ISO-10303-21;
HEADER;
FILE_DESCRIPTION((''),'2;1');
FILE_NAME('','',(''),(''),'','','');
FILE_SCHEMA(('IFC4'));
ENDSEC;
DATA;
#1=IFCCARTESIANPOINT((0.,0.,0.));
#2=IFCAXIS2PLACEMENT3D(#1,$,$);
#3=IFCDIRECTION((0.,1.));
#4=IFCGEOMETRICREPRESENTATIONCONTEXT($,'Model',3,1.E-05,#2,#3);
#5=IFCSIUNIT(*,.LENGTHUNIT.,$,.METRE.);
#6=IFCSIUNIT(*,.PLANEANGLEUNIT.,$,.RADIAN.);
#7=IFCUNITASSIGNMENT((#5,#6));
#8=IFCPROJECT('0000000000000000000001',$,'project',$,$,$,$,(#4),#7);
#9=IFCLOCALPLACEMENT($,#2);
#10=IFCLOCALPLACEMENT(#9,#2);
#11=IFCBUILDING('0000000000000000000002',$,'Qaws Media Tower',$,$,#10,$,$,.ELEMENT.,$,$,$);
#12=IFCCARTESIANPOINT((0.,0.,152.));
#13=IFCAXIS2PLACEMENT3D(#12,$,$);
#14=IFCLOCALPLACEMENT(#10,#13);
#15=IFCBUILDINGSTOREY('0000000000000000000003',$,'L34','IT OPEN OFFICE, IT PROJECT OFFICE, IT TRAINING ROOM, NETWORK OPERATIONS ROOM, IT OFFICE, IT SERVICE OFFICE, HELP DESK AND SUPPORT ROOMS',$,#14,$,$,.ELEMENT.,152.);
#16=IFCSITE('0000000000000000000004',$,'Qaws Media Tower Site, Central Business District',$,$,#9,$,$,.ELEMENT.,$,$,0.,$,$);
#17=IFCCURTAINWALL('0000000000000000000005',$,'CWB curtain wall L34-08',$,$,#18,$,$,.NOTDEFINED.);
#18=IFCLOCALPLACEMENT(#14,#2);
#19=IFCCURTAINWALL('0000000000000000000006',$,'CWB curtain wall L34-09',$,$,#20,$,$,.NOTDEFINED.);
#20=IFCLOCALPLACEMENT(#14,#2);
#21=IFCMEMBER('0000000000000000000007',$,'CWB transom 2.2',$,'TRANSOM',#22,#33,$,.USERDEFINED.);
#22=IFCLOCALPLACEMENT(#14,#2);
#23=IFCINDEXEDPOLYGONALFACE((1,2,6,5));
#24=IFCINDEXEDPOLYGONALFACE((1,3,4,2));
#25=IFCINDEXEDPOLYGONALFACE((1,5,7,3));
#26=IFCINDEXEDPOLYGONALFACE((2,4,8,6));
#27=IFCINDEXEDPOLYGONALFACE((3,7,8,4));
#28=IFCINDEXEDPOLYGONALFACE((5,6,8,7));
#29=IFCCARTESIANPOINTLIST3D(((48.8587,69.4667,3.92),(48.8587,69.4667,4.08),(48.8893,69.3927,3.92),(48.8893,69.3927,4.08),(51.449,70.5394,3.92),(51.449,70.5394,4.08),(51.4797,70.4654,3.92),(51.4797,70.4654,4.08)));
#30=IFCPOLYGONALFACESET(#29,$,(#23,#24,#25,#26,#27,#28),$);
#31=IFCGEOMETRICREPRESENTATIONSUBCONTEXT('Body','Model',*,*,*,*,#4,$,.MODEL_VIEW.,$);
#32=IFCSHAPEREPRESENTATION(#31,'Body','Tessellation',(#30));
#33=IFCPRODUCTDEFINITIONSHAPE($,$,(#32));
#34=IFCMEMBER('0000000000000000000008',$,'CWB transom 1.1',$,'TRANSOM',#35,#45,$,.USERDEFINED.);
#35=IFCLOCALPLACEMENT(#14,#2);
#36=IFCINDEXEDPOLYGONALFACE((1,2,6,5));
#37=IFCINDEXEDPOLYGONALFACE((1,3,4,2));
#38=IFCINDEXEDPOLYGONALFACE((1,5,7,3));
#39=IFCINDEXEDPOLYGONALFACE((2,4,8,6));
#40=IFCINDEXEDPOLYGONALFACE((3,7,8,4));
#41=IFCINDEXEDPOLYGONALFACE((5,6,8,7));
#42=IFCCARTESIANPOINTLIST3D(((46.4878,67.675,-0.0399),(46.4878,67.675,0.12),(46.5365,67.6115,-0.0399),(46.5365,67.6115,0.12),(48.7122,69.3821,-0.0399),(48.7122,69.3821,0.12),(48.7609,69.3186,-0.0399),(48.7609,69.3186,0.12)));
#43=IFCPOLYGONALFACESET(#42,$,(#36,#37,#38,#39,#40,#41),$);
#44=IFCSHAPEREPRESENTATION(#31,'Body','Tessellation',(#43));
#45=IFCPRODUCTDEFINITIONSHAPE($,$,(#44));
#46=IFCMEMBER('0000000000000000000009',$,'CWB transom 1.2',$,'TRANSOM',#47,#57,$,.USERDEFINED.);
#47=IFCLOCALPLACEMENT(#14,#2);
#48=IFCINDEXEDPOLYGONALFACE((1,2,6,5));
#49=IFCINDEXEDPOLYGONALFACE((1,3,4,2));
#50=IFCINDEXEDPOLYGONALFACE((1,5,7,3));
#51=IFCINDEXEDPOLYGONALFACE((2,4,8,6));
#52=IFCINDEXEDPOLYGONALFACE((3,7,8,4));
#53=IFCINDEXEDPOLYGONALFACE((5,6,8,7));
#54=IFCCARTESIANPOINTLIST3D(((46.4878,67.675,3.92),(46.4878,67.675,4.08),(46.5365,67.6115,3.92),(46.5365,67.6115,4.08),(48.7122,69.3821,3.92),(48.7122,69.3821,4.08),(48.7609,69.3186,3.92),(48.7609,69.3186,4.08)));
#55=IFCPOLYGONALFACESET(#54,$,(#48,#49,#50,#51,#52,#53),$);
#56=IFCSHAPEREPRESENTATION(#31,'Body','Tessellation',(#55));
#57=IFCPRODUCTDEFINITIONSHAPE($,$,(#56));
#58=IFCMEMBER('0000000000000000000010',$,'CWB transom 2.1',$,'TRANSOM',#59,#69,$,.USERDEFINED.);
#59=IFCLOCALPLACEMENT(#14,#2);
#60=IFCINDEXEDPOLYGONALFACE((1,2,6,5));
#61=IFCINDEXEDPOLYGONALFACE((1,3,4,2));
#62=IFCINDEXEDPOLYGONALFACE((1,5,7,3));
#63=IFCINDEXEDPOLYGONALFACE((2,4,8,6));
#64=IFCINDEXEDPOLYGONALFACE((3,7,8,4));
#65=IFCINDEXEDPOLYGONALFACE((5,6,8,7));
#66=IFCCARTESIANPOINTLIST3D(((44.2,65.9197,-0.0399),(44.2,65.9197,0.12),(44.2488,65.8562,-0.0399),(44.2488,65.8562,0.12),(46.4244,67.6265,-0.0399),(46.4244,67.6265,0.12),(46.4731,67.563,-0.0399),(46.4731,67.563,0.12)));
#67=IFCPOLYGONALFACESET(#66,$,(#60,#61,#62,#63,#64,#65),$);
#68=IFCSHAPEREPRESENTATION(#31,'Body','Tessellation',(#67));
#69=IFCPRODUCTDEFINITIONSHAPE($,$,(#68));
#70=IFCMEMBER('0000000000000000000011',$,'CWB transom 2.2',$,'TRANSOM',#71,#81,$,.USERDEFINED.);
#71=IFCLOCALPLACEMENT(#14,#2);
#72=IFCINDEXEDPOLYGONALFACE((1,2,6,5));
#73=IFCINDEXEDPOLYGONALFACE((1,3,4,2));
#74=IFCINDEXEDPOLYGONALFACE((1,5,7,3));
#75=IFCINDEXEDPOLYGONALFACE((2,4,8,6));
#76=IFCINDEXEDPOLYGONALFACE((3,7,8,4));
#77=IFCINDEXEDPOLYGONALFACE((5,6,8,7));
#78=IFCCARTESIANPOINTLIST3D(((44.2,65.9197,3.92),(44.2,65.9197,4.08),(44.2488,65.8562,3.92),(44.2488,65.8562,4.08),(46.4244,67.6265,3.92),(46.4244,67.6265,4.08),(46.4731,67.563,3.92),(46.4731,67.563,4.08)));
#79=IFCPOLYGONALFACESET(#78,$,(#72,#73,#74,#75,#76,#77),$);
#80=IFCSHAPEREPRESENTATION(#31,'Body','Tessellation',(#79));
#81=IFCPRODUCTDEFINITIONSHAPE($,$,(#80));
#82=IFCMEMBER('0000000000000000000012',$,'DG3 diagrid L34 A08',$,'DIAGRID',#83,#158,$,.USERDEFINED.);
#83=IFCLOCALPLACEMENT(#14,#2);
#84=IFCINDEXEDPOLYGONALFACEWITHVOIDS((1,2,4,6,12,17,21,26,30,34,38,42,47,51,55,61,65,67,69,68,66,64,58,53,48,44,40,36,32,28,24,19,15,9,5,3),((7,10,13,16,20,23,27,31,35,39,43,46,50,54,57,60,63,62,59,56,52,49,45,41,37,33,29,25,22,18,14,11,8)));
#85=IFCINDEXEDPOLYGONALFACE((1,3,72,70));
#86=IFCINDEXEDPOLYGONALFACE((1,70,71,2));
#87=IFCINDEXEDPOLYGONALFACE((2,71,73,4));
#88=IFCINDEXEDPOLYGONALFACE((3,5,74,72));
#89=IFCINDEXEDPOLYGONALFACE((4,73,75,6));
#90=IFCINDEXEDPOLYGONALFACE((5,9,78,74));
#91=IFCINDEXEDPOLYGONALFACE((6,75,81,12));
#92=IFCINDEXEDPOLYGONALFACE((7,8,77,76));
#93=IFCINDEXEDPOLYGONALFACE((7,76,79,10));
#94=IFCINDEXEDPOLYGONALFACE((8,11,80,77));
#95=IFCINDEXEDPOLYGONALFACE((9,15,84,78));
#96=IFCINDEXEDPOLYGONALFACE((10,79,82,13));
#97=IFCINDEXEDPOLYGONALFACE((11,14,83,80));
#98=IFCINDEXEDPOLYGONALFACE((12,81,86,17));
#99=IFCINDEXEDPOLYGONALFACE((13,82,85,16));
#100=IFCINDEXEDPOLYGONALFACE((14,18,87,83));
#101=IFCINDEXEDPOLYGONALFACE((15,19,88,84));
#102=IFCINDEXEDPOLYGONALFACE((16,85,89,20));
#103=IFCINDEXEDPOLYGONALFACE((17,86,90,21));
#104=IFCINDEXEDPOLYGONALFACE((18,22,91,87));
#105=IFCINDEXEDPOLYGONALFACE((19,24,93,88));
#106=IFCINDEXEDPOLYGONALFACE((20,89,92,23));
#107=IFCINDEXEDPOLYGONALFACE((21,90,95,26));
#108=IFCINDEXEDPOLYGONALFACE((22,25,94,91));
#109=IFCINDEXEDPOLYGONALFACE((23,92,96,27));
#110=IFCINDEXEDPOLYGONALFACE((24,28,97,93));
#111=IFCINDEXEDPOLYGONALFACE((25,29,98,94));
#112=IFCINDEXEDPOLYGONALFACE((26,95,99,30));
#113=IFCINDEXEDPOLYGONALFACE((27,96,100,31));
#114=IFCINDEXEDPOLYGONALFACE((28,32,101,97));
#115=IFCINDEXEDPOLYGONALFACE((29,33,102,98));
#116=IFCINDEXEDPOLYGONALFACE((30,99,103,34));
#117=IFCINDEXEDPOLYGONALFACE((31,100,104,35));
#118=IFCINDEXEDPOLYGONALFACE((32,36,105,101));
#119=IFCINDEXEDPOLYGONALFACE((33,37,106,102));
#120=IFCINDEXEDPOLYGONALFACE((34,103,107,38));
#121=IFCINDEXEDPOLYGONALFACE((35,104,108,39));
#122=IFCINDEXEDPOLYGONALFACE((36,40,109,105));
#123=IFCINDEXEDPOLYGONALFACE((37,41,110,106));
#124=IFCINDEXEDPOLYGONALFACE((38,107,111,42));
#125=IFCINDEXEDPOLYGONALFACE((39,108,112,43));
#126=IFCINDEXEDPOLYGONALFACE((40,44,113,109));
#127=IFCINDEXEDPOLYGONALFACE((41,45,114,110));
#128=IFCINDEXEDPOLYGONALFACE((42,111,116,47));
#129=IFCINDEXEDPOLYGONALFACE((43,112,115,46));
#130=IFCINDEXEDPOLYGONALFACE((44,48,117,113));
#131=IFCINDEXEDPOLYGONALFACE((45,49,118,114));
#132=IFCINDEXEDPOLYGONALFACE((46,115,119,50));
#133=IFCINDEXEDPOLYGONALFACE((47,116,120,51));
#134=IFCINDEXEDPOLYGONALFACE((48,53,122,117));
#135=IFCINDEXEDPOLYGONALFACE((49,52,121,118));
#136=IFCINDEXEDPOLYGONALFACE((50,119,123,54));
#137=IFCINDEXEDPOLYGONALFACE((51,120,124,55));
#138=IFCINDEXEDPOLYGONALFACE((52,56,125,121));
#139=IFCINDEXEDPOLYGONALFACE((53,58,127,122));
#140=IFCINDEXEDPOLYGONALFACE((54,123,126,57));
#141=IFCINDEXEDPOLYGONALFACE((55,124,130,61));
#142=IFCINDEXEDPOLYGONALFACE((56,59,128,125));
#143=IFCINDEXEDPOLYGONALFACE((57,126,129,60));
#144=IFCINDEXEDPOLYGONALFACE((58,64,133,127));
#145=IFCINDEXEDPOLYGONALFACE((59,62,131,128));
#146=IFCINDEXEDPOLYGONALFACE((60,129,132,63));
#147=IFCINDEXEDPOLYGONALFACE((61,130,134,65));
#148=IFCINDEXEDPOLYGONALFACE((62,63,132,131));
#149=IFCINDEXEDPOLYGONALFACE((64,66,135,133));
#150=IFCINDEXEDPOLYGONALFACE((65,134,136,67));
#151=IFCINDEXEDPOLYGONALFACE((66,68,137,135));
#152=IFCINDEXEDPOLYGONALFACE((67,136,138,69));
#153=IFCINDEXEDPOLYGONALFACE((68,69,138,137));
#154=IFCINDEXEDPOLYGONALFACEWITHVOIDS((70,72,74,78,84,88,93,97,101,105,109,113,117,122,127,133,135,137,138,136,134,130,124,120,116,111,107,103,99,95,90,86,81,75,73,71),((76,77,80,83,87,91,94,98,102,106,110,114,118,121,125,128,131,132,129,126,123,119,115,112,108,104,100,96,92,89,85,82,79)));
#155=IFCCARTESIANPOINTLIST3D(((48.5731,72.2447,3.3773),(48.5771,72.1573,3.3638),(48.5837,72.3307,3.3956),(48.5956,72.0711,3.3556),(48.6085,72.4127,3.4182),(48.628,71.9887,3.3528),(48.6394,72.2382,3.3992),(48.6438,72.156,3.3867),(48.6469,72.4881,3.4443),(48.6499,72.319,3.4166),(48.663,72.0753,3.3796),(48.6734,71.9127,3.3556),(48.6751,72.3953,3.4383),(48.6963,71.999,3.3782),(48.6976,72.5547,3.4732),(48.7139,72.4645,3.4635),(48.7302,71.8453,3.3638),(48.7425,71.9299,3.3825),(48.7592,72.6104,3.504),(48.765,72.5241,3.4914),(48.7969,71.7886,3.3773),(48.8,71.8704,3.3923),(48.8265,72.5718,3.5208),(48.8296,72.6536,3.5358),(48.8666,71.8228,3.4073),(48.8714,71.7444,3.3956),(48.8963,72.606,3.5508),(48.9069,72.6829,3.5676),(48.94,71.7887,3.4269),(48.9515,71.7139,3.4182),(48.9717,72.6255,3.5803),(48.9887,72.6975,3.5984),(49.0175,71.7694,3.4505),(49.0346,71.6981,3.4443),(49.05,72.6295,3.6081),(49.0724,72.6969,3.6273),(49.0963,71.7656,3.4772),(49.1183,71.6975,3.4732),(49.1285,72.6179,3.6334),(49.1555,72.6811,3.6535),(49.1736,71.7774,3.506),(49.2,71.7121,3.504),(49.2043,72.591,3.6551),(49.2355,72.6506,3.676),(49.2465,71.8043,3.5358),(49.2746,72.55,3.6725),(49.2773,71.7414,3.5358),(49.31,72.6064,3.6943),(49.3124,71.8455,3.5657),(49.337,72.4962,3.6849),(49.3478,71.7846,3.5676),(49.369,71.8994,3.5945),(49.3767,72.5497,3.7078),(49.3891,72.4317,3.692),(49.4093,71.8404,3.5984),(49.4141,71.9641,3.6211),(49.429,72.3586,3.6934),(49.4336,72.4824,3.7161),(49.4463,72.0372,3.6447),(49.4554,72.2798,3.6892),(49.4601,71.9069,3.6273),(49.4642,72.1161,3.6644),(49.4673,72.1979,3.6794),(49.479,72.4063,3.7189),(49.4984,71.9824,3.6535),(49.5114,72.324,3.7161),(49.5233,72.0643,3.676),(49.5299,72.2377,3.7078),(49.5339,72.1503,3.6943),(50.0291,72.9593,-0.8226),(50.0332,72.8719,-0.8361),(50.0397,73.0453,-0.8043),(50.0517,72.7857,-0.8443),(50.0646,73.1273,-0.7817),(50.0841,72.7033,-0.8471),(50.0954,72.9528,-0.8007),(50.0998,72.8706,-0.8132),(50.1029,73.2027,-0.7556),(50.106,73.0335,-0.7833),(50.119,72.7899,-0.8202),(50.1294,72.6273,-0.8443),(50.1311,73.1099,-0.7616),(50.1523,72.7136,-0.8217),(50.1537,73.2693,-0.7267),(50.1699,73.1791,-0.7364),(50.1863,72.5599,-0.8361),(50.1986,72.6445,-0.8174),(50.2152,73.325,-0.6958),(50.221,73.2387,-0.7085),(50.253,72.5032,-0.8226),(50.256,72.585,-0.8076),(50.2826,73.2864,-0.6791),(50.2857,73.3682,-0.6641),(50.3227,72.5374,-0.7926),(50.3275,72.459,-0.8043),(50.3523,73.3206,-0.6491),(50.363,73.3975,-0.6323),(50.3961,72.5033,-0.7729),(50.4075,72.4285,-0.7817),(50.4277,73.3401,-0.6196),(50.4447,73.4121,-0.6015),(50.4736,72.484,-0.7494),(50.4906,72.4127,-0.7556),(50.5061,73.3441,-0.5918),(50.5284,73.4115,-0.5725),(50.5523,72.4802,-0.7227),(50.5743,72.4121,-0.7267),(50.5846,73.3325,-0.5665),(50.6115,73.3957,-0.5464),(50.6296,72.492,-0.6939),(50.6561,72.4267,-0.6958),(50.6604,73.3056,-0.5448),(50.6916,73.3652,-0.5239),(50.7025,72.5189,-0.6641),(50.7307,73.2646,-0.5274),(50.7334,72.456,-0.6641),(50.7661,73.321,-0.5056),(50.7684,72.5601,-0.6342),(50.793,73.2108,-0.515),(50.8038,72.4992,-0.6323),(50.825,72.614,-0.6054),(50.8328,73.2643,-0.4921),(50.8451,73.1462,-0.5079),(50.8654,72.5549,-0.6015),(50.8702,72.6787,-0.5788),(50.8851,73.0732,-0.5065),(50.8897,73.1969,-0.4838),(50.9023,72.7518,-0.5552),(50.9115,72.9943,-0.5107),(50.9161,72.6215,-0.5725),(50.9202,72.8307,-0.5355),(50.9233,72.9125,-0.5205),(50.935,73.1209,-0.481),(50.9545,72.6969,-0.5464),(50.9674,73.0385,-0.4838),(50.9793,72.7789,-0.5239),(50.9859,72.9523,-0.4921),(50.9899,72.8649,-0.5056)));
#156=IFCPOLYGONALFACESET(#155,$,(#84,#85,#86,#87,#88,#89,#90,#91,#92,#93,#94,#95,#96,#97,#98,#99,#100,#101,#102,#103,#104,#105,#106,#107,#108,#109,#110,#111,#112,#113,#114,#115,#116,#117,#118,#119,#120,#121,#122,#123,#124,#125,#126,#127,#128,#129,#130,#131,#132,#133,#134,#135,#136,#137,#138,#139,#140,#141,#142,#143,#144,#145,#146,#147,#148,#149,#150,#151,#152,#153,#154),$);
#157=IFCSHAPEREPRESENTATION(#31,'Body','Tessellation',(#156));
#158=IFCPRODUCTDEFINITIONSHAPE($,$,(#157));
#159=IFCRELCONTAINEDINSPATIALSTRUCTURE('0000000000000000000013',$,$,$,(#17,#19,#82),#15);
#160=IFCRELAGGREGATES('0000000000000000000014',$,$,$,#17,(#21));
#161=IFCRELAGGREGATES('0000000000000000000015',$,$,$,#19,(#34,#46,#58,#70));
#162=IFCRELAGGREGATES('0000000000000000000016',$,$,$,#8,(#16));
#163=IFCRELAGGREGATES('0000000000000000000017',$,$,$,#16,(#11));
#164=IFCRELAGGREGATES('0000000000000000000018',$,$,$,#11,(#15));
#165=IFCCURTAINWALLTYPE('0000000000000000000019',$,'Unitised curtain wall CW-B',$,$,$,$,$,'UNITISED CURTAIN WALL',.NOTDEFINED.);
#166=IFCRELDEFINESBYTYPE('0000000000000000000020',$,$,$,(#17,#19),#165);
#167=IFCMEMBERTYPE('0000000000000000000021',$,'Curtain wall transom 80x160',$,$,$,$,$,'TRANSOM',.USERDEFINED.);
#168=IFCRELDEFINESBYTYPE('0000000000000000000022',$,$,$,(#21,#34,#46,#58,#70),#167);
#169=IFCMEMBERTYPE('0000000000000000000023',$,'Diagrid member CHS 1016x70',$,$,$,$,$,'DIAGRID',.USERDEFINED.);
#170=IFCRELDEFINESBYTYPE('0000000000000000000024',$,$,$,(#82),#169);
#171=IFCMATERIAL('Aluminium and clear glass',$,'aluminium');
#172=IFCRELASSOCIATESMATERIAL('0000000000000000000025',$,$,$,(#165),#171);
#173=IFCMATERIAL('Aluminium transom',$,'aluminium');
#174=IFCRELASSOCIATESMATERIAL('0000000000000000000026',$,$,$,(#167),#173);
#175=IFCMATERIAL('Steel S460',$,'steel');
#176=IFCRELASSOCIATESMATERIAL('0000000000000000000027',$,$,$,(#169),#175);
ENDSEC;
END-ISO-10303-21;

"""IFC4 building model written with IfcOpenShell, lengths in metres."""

from ifc_helpers import new_model, si_unit, direction, frame, origin, origin_2d, place, context, subcontext, project, spatial, rectangle, hollow_circle, extrude, material, material_profile, profile_set, type_object, element, aggregate, save


model = new_model("IFC4")

# Units and contexts
model_context = context("Model", 3, precision=1e-05, world=origin(), true_north=direction((0.0, 1.0)))
body_context = subcontext(model_context, "Body", "Model", "MODEL_VIEW")
ifc_project = project(units=[si_unit("LENGTHUNIT", "METRE"), si_unit("PLANEANGLEUNIT", "RADIAN")], contexts=[model_context])

# Site, building, storey
site_placement = place(None, origin())
site = spatial("IfcSite", under=ifc_project, at=site_placement, Name="Qaws Media Tower Site, Central Business District", CompositionType="ELEMENT", RefElevation=0.0)
building_placement = place(site_placement, origin())
building = spatial("IfcBuilding", under=site, at=building_placement, Name="Qaws Media Tower", CompositionType="ELEMENT")
storey_placement = place(building_placement, frame((0.0, 0.0, 152.0)))
storey = spatial("IfcBuildingStorey", under=building, at=storey_placement, Name="L34", Description="IT OPEN OFFICE, IT PROJECT OFFICE, IT TRAINING ROOM, NETWORK OPERATIONS ROOM, IT OFFICE, IT SERVICE OFFICE, HELP DESK AND SUPPORT ROOMS", CompositionType="ELEMENT", Elevation=152.0)

# Curtain walls
ifc_material_1 = material(Name="Aluminium and clear glass", Category="aluminium")
curtain_wall_type = type_object("IfcCurtainWallType", Name="Unitised curtain wall CW-B", ElementType="UNITISED CURTAIN WALL", PredefinedType="NOTDEFINED", material=ifc_material_1)
curtain_wall_1_placement = place(storey_placement, origin())
curtain_wall_1 = element("IfcCurtainWall", 1, at=curtain_wall_1_placement, inside=storey, type_object=curtain_wall_type, Name="CWB curtain wall L34-08", PredefinedType="NOTDEFINED")
curtain_wall_2_placement = place(storey_placement, origin())
curtain_wall_2 = element("IfcCurtainWall", 2, at=curtain_wall_2_placement, inside=storey, type_object=curtain_wall_type, Name="CWB curtain wall L34-09", PredefinedType="NOTDEFINED")

# Members
ifc_material_2 = material(Name="Aluminium transom", Category="aluminium")
ifc_material_profile_1 = material_profile(ifc_material_2, rectangle(XDim=0.0801, YDim=0.1599, at=origin_2d()), Name="80x160")
ifc_profile_set_1 = profile_set([ifc_material_profile_1], Name="Aluminium transom")
member_type_1 = type_object("IfcMemberType", Name="Curtain wall transom 80x160", ElementType="TRANSOM", PredefinedType="USERDEFINED", material=ifc_profile_set_1)
member_1_placement = place(storey_placement, frame((51.4644, 70.5024, 4.0), z_axis=(-0.923904, -0.382624, 0.0), x_axis=(0.382624, -0.923904, 0.0)))
member_1 = element("IfcMember", 3, at=member_1_placement, type_object=member_type_1, Name="CWB transom 2.2", ObjectType="TRANSOM", PredefinedType="USERDEFINED", context=body_context, shape_type="SweptSolid", body=[
    extrude(rectangle(XDim=0.0801, YDim=0.1599, at=origin_2d()), origin(), (0.0, 0.0, 1.0), 2.8037),
])
member_2_placement = place(storey_placement, frame((48.7366, 69.3503, 0.04), z_axis=(-0.793316, -0.60881, 0.0), x_axis=(0.60881, -0.793316, 0.0)))
member_2 = element("IfcMember", 4, at=member_2_placement, type_object=member_type_1, Name="CWB transom 1.1", ObjectType="TRANSOM", PredefinedType="USERDEFINED", context=body_context, shape_type="SweptSolid", body=[
    extrude(rectangle(XDim=0.0801, YDim=0.1599, at=origin_2d()), origin(), (0.0, 0.0, 1.0), 2.804),
])
member_3_placement = place(storey_placement, frame((48.7366, 69.3503, 4.0), z_axis=(-0.793316, -0.60881, 0.0), x_axis=(0.60881, -0.793316, 0.0)))
member_3 = element("IfcMember", 5, at=member_3_placement, type_object=member_type_1, Name="CWB transom 1.2", ObjectType="TRANSOM", PredefinedType="USERDEFINED", context=body_context, shape_type="SweptSolid", body=[
    extrude(rectangle(XDim=0.0801, YDim=0.1599, at=origin_2d()), origin(), (0.0, 0.0, 1.0), 2.804),
])
member_4_placement = place(storey_placement, frame((46.4487, 67.5947, 0.04), z_axis=(-0.793358, -0.608755, 0.0), x_axis=(0.608755, -0.793358, 0.0)))
member_4 = element("IfcMember", 6, at=member_4_placement, type_object=member_type_1, Name="CWB transom 2.1", ObjectType="TRANSOM", PredefinedType="USERDEFINED", context=body_context, shape_type="SweptSolid", body=[
    extrude(rectangle(XDim=0.0801, YDim=0.1599, at=origin_2d()), origin(), (0.0, 0.0, 1.0), 2.8037),
])
member_5_placement = place(storey_placement, frame((46.4487, 67.5947, 4.0), z_axis=(-0.793358, -0.608755, 0.0), x_axis=(0.608755, -0.793358, 0.0)))
member_5 = element("IfcMember", 7, at=member_5_placement, type_object=member_type_1, Name="CWB transom 2.2", ObjectType="TRANSOM", PredefinedType="USERDEFINED", context=body_context, shape_type="SweptSolid", body=[
    extrude(rectangle(XDim=0.0801, YDim=0.1599, at=origin_2d()), origin(), (0.0, 0.0, 1.0), 2.8037),
])

# Member
ifc_material_3 = material(Name="Steel S460", Category="steel")
ifc_material_profile_2 = material_profile(ifc_material_3, hollow_circle(Radius=0.5081, WallThickness=0.0701, at=origin_2d()), Name="CHS 1016x70")
ifc_profile_set_2 = profile_set([ifc_material_profile_2], Name="Steel S460")
member_type_2 = type_object("IfcMemberType", Name="Diagrid member CHS 1016x70", ElementType="DIAGRID", PredefinedType="USERDEFINED", material=ifc_profile_set_2)
for number, where, z_axis, x_axis, name in (
    (8, (50.5095, 72.9121, -0.6641), (-0.323405, -0.15872, 0.932854), (0.440578, -0.897714, 0.0), "DG3 diagrid L34 A08"),
):
    element("IfcMember", number, at=place(storey_placement, frame(where, z_axis=z_axis, x_axis=x_axis)), inside=storey, type_object=member_type_2, Name=name, ObjectType="DIAGRID", PredefinedType="USERDEFINED", context=body_context, shape_type="SweptSolid", body=[
        extrude(hollow_circle(Radius=0.5081, WallThickness=0.0701, at=origin_2d()), origin(), (0.0, 0.0, 1.0), 4.5022),
    ])

aggregate(curtain_wall_1, [member_1])
aggregate(curtain_wall_2, [member_2, member_3, member_4, member_5])

save(model, "model.ifc")
